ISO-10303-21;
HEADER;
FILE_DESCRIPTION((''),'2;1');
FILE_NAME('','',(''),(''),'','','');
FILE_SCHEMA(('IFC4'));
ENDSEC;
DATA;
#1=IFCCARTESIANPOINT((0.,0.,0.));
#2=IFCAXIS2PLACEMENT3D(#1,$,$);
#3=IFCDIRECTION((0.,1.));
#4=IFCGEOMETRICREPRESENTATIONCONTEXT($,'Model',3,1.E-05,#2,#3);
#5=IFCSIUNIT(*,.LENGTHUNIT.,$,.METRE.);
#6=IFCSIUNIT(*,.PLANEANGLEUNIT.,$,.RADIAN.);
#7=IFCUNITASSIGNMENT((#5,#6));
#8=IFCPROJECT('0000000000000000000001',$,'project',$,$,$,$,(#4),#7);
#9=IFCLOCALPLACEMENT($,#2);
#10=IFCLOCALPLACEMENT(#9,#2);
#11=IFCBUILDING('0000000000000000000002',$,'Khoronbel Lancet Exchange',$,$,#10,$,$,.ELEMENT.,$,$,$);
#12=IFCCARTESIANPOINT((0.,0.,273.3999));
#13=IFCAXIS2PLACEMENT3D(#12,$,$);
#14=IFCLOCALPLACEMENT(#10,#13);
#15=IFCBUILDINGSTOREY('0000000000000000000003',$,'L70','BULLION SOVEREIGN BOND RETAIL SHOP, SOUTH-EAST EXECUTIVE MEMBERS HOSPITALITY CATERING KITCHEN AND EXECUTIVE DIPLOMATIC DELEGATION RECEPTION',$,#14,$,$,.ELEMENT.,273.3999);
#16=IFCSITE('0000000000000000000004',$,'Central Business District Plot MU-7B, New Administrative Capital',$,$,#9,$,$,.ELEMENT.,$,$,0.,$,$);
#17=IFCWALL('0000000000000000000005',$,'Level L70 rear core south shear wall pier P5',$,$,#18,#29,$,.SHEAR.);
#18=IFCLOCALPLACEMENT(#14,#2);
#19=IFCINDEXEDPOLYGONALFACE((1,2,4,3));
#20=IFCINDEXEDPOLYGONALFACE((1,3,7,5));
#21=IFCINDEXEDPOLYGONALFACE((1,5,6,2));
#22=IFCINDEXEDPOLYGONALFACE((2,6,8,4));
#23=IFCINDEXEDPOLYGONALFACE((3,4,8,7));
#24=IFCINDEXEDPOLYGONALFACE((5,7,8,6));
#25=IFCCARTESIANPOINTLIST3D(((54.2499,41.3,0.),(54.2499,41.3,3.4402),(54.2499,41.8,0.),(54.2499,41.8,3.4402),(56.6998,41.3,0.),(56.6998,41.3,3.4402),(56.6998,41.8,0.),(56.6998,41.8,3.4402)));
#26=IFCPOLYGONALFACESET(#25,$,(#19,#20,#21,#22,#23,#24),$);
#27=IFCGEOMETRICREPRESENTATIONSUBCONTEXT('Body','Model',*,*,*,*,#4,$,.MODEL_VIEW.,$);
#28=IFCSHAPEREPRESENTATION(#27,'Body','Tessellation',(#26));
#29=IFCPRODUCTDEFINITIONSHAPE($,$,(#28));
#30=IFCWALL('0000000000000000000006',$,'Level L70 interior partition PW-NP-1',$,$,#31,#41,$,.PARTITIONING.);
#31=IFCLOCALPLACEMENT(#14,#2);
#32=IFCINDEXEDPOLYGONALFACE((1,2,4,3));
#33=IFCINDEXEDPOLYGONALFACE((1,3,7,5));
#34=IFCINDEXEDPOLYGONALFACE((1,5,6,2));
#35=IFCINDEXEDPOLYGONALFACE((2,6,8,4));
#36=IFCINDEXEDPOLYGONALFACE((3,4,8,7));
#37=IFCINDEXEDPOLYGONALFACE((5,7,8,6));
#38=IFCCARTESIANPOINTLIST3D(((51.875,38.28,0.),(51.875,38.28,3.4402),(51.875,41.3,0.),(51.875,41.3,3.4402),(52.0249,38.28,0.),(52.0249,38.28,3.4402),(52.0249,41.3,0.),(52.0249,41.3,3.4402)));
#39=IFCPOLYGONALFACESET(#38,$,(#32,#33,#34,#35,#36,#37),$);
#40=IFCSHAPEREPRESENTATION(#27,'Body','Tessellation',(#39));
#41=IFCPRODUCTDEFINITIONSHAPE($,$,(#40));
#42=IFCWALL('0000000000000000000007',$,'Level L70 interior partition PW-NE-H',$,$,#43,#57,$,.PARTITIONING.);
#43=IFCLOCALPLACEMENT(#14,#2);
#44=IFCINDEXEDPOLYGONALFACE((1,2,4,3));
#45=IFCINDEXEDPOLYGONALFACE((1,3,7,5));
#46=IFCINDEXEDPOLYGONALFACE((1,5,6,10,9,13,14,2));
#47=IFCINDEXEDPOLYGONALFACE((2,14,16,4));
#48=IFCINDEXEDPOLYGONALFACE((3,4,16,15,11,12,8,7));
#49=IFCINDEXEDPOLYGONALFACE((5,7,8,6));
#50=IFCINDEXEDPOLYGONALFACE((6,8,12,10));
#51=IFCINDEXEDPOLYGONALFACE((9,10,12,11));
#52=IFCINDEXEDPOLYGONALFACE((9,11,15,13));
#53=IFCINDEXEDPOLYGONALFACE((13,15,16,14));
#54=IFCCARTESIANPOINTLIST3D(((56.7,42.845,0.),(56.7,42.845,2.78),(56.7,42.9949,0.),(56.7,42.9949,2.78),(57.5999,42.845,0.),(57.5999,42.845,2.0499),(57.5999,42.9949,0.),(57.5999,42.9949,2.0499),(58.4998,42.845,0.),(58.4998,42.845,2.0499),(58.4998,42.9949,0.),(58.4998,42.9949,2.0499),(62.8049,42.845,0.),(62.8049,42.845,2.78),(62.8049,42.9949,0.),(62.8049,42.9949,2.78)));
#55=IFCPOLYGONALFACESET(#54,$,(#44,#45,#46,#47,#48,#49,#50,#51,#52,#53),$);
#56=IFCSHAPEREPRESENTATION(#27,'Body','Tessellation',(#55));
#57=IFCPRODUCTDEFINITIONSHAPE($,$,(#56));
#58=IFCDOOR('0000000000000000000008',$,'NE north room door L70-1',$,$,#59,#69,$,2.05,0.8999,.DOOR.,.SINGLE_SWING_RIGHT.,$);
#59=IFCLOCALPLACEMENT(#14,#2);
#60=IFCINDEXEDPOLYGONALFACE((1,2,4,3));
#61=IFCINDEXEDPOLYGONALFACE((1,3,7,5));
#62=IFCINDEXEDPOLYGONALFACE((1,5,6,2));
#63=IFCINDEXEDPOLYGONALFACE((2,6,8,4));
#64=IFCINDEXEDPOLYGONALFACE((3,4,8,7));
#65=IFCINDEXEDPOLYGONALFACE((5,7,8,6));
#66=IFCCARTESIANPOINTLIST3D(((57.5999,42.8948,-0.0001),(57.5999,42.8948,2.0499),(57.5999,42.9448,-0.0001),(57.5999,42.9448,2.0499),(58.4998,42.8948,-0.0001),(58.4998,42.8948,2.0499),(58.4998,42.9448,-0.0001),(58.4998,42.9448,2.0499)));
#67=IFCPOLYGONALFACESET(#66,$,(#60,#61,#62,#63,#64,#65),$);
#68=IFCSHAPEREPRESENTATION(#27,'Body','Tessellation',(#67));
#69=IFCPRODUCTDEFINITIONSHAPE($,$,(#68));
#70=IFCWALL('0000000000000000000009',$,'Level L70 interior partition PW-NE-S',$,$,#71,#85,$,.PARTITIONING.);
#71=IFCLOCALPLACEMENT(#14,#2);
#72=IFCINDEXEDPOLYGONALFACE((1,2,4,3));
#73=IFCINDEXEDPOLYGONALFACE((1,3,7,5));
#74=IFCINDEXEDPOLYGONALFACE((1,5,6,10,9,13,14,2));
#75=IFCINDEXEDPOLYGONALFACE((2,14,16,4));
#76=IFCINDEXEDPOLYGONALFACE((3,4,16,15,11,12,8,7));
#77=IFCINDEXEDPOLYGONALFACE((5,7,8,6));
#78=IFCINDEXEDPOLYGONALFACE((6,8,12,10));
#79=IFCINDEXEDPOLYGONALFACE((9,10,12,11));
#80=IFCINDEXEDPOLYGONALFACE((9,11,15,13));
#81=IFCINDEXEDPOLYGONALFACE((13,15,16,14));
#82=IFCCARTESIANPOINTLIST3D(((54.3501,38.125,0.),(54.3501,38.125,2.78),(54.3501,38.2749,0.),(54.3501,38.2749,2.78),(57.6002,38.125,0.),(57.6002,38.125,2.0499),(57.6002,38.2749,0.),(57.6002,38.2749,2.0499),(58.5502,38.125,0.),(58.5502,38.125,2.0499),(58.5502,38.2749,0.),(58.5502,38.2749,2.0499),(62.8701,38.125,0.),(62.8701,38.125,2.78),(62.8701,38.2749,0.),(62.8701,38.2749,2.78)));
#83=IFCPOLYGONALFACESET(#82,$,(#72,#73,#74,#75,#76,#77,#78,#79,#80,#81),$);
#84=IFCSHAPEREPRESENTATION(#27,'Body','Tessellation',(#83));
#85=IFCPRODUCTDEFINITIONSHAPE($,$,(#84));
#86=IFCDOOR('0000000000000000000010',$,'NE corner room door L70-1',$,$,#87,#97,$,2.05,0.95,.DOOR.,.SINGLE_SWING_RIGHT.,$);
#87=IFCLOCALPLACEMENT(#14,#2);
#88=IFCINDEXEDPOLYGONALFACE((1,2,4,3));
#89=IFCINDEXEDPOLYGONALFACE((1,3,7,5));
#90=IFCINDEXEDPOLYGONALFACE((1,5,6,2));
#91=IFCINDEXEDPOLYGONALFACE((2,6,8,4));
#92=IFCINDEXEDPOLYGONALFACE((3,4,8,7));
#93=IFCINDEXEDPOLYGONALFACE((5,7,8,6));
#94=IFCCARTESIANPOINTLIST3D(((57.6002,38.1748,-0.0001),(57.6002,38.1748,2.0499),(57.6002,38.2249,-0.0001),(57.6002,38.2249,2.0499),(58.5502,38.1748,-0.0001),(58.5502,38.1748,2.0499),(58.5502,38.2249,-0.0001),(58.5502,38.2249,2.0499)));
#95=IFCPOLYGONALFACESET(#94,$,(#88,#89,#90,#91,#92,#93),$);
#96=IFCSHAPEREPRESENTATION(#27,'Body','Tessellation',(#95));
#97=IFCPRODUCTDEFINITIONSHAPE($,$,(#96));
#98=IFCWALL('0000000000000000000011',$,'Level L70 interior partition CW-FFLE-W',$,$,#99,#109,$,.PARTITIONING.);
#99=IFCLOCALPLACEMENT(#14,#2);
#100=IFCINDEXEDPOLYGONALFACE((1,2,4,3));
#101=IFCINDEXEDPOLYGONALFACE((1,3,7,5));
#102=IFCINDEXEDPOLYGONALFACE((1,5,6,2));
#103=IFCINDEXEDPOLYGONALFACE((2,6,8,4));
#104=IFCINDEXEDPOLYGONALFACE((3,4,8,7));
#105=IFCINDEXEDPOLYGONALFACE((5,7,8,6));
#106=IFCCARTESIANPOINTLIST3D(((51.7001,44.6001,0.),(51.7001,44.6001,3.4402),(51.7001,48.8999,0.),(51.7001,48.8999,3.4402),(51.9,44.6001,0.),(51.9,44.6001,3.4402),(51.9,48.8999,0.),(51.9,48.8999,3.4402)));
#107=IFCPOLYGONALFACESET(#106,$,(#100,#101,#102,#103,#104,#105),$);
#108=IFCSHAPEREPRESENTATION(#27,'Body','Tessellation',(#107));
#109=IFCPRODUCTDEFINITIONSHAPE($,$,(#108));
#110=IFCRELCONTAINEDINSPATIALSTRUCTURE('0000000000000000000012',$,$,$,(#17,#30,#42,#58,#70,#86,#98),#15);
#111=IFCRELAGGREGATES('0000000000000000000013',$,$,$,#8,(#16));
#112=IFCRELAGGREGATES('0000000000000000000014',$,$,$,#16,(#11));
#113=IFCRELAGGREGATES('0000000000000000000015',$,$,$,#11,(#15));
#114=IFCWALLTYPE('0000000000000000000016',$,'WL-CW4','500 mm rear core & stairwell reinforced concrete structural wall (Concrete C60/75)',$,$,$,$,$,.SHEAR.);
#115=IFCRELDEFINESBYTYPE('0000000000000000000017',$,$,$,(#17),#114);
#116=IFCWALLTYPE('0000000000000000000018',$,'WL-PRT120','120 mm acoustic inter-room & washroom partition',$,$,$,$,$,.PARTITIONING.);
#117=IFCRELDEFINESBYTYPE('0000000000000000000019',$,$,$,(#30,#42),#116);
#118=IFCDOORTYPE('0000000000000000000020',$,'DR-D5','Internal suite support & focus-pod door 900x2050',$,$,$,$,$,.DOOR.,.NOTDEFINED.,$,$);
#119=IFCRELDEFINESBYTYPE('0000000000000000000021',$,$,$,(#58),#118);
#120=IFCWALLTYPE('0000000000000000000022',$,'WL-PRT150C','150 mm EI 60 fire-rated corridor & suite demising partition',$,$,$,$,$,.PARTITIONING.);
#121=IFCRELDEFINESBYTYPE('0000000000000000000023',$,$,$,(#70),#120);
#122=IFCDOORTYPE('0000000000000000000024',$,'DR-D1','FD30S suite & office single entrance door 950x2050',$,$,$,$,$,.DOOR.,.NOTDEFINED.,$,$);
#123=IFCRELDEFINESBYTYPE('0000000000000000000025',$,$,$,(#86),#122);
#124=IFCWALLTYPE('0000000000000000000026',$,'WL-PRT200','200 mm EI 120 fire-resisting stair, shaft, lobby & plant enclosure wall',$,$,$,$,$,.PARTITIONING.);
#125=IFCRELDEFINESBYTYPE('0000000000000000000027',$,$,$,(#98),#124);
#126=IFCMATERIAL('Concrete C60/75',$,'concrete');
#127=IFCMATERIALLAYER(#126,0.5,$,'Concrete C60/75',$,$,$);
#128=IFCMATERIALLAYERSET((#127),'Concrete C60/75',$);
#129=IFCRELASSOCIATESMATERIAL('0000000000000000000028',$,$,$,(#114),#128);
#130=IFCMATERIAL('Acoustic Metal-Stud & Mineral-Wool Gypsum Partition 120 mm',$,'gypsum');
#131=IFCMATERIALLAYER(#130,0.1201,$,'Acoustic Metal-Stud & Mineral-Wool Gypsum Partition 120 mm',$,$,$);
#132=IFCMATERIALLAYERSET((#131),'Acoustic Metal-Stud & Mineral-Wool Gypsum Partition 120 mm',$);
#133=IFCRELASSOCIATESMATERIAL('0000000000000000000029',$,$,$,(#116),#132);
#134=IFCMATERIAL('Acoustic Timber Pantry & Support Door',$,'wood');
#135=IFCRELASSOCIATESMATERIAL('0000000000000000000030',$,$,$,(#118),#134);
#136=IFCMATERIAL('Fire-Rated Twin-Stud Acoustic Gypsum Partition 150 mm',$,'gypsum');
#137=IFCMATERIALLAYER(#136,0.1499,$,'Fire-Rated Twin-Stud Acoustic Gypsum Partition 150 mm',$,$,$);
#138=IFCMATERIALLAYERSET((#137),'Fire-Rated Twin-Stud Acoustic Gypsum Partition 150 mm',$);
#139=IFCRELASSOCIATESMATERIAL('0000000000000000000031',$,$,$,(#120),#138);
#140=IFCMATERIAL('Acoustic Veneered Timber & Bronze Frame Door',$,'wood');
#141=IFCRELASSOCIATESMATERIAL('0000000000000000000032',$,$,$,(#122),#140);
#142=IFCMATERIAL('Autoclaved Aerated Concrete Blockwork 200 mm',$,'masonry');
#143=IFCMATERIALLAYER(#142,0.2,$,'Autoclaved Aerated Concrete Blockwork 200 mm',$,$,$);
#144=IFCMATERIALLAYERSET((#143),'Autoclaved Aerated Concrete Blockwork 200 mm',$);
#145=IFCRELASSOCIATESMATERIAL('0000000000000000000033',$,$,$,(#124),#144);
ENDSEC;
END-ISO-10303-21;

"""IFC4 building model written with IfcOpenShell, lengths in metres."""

from ifc_helpers import new_model, si_unit, direction, frame, frame_2d, origin, place, context, subcontext, project, spatial, rectangle, extrude, material, layer, layer_set, type_object, element, fill, save


model = new_model("IFC4")

# Units and contexts
model_context = context("Model", 3, precision=1e-05, world=origin(), true_north=direction((0.0, 1.0)))
body_context = subcontext(model_context, "Body", "Model", "MODEL_VIEW")
ifc_project = project(units=[si_unit("LENGTHUNIT", "METRE"), si_unit("PLANEANGLEUNIT", "RADIAN")], contexts=[model_context])

# Site, building, storey
site_placement = place(None, origin())
site = spatial("IfcSite", under=ifc_project, at=site_placement, Name="Central Business District Plot MU-7B, New Administrative Capital", CompositionType="ELEMENT", RefElevation=0.0)
building_placement = place(site_placement, origin())
building = spatial("IfcBuilding", under=site, at=building_placement, Name="Khoronbel Lancet Exchange", CompositionType="ELEMENT")
storey_placement = place(building_placement, frame((0.0, 0.0, 273.3999)))
storey = spatial("IfcBuildingStorey", under=building, at=storey_placement, Name="L70", Description="BULLION SOVEREIGN BOND RETAIL SHOP, SOUTH-EAST EXECUTIVE MEMBERS HOSPITALITY CATERING KITCHEN AND EXECUTIVE DIPLOMATIC DELEGATION RECEPTION", CompositionType="ELEMENT", Elevation=273.3999)

# Shared definitions
ifc_material_1 = material(Name="Concrete C60/75", Category="concrete")

# Walls
ifc_layer_1 = layer(ifc_material_1, 0.5, Name="Concrete C60/75")
ifc_layer_set_1 = layer_set([ifc_layer_1], Name="Concrete C60/75")
wall_type_1 = type_object("IfcWallType", Name="WL-CW4", Description="500 mm rear core & stairwell reinforced concrete structural wall (Concrete C60/75)", PredefinedType="SHEAR", material=ifc_layer_set_1)
wall_1_placement = place(storey_placement, frame((56.7, 41.55, 0.0), z_axis=(0.0, 0.0, 1.0), x_axis=(-1.0, 0.0, 0.0)))
element("IfcWall", 1, at=wall_1_placement, inside=storey, type_object=wall_type_1, Name="Level L70 rear core south shear wall pier P5", PredefinedType="SHEAR", context=body_context, shape_type="SweptSolid", body=[
    extrude(rectangle(XDim=2.45, YDim=0.5, at=frame_2d((1.2251, 0.0))), origin(), (0.0, 0.0, 1.0), 3.4402),
])
ifc_material_2 = material(Name="Acoustic Metal-Stud & Mineral-Wool Gypsum Partition 120 mm", Category="gypsum")
ifc_layer_2 = layer(ifc_material_2, 0.1201, Name="Acoustic Metal-Stud & Mineral-Wool Gypsum Partition 120 mm")
ifc_layer_set_2 = layer_set([ifc_layer_2], Name="Acoustic Metal-Stud & Mineral-Wool Gypsum Partition 120 mm")
wall_type_2 = type_object("IfcWallType", Name="WL-PRT120", Description="120 mm acoustic inter-room & washroom partition", PredefinedType="PARTITIONING", material=ifc_layer_set_2)
wall_2_placement = place(storey_placement, frame((51.95, 38.28, 0.0), z_axis=(0.0, 0.0, 1.0), x_axis=(0.0, 1.0, 0.0)))
element("IfcWall", 2, at=wall_2_placement, inside=storey, type_object=wall_type_2, Name="Level L70 interior partition PW-NP-1", PredefinedType="PARTITIONING", context=body_context, shape_type="SweptSolid", body=[
    extrude(rectangle(XDim=3.02, YDim=0.1499, at=frame_2d((1.51, 0.0))), origin(), (0.0, 0.0, 1.0), 3.4402),
])

# Walls, openings, doors
wall_3_placement = place(storey_placement, frame((56.7, 42.9199, 0.0), z_axis=(0.0, 0.0, 1.0), x_axis=(1.0, 0.0, 0.0)))
wall_3 = element("IfcWall", 3, at=wall_3_placement, inside=storey, type_object=wall_type_2, Name="Level L70 interior partition PW-NE-H", PredefinedType="PARTITIONING", context=body_context, shape_type="SweptSolid", body=[
    extrude(rectangle(XDim=6.105, YDim=0.1499, at=frame_2d((3.0525, 0.0))), origin(), (0.0, 0.0, 1.0), 2.78),
])
opening_1_placement = place(wall_3_placement, frame((0.8999, 0.0, 0.0)))
opening_1 = element("IfcOpeningElement", 4, at=opening_1_placement, cuts=wall_3, PredefinedType="OPENING", context=body_context, shape_type="SweptSolid", body=[
    extrude(rectangle(XDim=0.8999, YDim=2.05, at=frame_2d((0.45, 1.0249))), frame((0.0, 0.085, 0.0), z_axis=(0.0, -1.0, 0.0), x_axis=(1.0, 0.0, 0.0)), (0.0, 0.0, 1.0), 0.1699),
])
ifc_material_3 = material(Name="Acoustic Timber Pantry & Support Door", Category="wood")
door_type_1 = type_object("IfcDoorType", Name="DR-D5", Description="Internal suite support & focus-pod door 900x2050", OperationType="NOTDEFINED", PredefinedType="DOOR", material=ifc_material_3)
door_1_placement = place(opening_1_placement, origin())
door_1 = element("IfcDoor", 5, at=door_1_placement, inside=storey, type_object=door_type_1, Name="NE north room door L70-1", OperationType="SINGLE_SWING_RIGHT", OverallHeight=2.05, OverallWidth=0.8999, PredefinedType="DOOR", context=body_context, shape_type="SweptSolid", body=[
    extrude(rectangle(XDim=0.8999, YDim=2.05, at=frame_2d((0.45, 1.0249))), frame((0.0, 0.0249, 0.0), z_axis=(0.0, -1.0, 0.0), x_axis=(1.0, 0.0, 0.0)), (0.0, 0.0, 1.0), 0.05),
])
fill(opening_1, door_1)
ifc_material_4 = material(Name="Fire-Rated Twin-Stud Acoustic Gypsum Partition 150 mm", Category="gypsum")
ifc_layer_3 = layer(ifc_material_4, 0.1499, Name="Fire-Rated Twin-Stud Acoustic Gypsum Partition 150 mm")
ifc_layer_set_3 = layer_set([ifc_layer_3], Name="Fire-Rated Twin-Stud Acoustic Gypsum Partition 150 mm")
wall_type_3 = type_object("IfcWallType", Name="WL-PRT150C", Description="150 mm EI 60 fire-rated corridor & suite demising partition", PredefinedType="PARTITIONING", material=ifc_layer_set_3)
wall_4_placement = place(storey_placement, frame((54.3501, 38.2, 0.0), z_axis=(0.0, 0.0, 1.0), x_axis=(1.0, 0.0, 0.0)))
wall_4 = element("IfcWall", 6, at=wall_4_placement, inside=storey, type_object=wall_type_3, Name="Level L70 interior partition PW-NE-S", PredefinedType="PARTITIONING", context=body_context, shape_type="SweptSolid", body=[
    extrude(rectangle(XDim=8.52, YDim=0.1499, at=frame_2d((4.26, 0.0))), origin(), (0.0, 0.0, 1.0), 2.78),
])
opening_2_placement = place(wall_4_placement, frame((3.25, 0.0, 0.0)))
opening_2 = element("IfcOpeningElement", 7, at=opening_2_placement, cuts=wall_4, PredefinedType="OPENING", context=body_context, shape_type="SweptSolid", body=[
    extrude(rectangle(XDim=0.95, YDim=2.05, at=frame_2d((0.4751, 1.0249))), frame((0.0, 0.085, 0.0), z_axis=(0.0, -1.0, 0.0), x_axis=(1.0, 0.0, 0.0)), (0.0, 0.0, 1.0), 0.1699),
])
ifc_material_5 = material(Name="Acoustic Veneered Timber & Bronze Frame Door", Category="wood")
door_type_2 = type_object("IfcDoorType", Name="DR-D1", Description="FD30S suite & office single entrance door 950x2050", OperationType="NOTDEFINED", PredefinedType="DOOR", material=ifc_material_5)
door_2_placement = place(opening_2_placement, origin())
door_2 = element("IfcDoor", 8, at=door_2_placement, inside=storey, type_object=door_type_2, Name="NE corner room door L70-1", OperationType="SINGLE_SWING_RIGHT", OverallHeight=2.05, OverallWidth=0.95, PredefinedType="DOOR", context=body_context, shape_type="SweptSolid", body=[
    extrude(rectangle(XDim=0.95, YDim=2.05, at=frame_2d((0.4751, 1.0249))), frame((0.0, 0.0249, 0.0), z_axis=(0.0, -1.0, 0.0), x_axis=(1.0, 0.0, 0.0)), (0.0, 0.0, 1.0), 0.05),
])
fill(opening_2, door_2)

# Wall
ifc_material_6 = material(Name="Autoclaved Aerated Concrete Blockwork 200 mm", Category="masonry")
ifc_layer_4 = layer(ifc_material_6, 0.2, Name="Autoclaved Aerated Concrete Blockwork 200 mm")
ifc_layer_set_4 = layer_set([ifc_layer_4], Name="Autoclaved Aerated Concrete Blockwork 200 mm")
wall_type_4 = type_object("IfcWallType", Name="WL-PRT200", Description="200 mm EI 120 fire-resisting stair, shaft, lobby & plant enclosure wall", PredefinedType="PARTITIONING", material=ifc_layer_set_4)
wall_5_placement = place(storey_placement, frame((51.8, 44.6001, 0.0), z_axis=(0.0, 0.0, 1.0), x_axis=(0.0, 1.0, 0.0)))
element("IfcWall", 9, at=wall_5_placement, inside=storey, type_object=wall_type_4, Name="Level L70 interior partition CW-FFLE-W", PredefinedType="PARTITIONING", context=body_context, shape_type="SweptSolid", body=[
    extrude(rectangle(XDim=4.2998, YDim=0.2, at=frame_2d((2.1499, 0.0))), origin(), (0.0, 0.0, 1.0), 3.4402),
])

save(model, "model.ifc")
